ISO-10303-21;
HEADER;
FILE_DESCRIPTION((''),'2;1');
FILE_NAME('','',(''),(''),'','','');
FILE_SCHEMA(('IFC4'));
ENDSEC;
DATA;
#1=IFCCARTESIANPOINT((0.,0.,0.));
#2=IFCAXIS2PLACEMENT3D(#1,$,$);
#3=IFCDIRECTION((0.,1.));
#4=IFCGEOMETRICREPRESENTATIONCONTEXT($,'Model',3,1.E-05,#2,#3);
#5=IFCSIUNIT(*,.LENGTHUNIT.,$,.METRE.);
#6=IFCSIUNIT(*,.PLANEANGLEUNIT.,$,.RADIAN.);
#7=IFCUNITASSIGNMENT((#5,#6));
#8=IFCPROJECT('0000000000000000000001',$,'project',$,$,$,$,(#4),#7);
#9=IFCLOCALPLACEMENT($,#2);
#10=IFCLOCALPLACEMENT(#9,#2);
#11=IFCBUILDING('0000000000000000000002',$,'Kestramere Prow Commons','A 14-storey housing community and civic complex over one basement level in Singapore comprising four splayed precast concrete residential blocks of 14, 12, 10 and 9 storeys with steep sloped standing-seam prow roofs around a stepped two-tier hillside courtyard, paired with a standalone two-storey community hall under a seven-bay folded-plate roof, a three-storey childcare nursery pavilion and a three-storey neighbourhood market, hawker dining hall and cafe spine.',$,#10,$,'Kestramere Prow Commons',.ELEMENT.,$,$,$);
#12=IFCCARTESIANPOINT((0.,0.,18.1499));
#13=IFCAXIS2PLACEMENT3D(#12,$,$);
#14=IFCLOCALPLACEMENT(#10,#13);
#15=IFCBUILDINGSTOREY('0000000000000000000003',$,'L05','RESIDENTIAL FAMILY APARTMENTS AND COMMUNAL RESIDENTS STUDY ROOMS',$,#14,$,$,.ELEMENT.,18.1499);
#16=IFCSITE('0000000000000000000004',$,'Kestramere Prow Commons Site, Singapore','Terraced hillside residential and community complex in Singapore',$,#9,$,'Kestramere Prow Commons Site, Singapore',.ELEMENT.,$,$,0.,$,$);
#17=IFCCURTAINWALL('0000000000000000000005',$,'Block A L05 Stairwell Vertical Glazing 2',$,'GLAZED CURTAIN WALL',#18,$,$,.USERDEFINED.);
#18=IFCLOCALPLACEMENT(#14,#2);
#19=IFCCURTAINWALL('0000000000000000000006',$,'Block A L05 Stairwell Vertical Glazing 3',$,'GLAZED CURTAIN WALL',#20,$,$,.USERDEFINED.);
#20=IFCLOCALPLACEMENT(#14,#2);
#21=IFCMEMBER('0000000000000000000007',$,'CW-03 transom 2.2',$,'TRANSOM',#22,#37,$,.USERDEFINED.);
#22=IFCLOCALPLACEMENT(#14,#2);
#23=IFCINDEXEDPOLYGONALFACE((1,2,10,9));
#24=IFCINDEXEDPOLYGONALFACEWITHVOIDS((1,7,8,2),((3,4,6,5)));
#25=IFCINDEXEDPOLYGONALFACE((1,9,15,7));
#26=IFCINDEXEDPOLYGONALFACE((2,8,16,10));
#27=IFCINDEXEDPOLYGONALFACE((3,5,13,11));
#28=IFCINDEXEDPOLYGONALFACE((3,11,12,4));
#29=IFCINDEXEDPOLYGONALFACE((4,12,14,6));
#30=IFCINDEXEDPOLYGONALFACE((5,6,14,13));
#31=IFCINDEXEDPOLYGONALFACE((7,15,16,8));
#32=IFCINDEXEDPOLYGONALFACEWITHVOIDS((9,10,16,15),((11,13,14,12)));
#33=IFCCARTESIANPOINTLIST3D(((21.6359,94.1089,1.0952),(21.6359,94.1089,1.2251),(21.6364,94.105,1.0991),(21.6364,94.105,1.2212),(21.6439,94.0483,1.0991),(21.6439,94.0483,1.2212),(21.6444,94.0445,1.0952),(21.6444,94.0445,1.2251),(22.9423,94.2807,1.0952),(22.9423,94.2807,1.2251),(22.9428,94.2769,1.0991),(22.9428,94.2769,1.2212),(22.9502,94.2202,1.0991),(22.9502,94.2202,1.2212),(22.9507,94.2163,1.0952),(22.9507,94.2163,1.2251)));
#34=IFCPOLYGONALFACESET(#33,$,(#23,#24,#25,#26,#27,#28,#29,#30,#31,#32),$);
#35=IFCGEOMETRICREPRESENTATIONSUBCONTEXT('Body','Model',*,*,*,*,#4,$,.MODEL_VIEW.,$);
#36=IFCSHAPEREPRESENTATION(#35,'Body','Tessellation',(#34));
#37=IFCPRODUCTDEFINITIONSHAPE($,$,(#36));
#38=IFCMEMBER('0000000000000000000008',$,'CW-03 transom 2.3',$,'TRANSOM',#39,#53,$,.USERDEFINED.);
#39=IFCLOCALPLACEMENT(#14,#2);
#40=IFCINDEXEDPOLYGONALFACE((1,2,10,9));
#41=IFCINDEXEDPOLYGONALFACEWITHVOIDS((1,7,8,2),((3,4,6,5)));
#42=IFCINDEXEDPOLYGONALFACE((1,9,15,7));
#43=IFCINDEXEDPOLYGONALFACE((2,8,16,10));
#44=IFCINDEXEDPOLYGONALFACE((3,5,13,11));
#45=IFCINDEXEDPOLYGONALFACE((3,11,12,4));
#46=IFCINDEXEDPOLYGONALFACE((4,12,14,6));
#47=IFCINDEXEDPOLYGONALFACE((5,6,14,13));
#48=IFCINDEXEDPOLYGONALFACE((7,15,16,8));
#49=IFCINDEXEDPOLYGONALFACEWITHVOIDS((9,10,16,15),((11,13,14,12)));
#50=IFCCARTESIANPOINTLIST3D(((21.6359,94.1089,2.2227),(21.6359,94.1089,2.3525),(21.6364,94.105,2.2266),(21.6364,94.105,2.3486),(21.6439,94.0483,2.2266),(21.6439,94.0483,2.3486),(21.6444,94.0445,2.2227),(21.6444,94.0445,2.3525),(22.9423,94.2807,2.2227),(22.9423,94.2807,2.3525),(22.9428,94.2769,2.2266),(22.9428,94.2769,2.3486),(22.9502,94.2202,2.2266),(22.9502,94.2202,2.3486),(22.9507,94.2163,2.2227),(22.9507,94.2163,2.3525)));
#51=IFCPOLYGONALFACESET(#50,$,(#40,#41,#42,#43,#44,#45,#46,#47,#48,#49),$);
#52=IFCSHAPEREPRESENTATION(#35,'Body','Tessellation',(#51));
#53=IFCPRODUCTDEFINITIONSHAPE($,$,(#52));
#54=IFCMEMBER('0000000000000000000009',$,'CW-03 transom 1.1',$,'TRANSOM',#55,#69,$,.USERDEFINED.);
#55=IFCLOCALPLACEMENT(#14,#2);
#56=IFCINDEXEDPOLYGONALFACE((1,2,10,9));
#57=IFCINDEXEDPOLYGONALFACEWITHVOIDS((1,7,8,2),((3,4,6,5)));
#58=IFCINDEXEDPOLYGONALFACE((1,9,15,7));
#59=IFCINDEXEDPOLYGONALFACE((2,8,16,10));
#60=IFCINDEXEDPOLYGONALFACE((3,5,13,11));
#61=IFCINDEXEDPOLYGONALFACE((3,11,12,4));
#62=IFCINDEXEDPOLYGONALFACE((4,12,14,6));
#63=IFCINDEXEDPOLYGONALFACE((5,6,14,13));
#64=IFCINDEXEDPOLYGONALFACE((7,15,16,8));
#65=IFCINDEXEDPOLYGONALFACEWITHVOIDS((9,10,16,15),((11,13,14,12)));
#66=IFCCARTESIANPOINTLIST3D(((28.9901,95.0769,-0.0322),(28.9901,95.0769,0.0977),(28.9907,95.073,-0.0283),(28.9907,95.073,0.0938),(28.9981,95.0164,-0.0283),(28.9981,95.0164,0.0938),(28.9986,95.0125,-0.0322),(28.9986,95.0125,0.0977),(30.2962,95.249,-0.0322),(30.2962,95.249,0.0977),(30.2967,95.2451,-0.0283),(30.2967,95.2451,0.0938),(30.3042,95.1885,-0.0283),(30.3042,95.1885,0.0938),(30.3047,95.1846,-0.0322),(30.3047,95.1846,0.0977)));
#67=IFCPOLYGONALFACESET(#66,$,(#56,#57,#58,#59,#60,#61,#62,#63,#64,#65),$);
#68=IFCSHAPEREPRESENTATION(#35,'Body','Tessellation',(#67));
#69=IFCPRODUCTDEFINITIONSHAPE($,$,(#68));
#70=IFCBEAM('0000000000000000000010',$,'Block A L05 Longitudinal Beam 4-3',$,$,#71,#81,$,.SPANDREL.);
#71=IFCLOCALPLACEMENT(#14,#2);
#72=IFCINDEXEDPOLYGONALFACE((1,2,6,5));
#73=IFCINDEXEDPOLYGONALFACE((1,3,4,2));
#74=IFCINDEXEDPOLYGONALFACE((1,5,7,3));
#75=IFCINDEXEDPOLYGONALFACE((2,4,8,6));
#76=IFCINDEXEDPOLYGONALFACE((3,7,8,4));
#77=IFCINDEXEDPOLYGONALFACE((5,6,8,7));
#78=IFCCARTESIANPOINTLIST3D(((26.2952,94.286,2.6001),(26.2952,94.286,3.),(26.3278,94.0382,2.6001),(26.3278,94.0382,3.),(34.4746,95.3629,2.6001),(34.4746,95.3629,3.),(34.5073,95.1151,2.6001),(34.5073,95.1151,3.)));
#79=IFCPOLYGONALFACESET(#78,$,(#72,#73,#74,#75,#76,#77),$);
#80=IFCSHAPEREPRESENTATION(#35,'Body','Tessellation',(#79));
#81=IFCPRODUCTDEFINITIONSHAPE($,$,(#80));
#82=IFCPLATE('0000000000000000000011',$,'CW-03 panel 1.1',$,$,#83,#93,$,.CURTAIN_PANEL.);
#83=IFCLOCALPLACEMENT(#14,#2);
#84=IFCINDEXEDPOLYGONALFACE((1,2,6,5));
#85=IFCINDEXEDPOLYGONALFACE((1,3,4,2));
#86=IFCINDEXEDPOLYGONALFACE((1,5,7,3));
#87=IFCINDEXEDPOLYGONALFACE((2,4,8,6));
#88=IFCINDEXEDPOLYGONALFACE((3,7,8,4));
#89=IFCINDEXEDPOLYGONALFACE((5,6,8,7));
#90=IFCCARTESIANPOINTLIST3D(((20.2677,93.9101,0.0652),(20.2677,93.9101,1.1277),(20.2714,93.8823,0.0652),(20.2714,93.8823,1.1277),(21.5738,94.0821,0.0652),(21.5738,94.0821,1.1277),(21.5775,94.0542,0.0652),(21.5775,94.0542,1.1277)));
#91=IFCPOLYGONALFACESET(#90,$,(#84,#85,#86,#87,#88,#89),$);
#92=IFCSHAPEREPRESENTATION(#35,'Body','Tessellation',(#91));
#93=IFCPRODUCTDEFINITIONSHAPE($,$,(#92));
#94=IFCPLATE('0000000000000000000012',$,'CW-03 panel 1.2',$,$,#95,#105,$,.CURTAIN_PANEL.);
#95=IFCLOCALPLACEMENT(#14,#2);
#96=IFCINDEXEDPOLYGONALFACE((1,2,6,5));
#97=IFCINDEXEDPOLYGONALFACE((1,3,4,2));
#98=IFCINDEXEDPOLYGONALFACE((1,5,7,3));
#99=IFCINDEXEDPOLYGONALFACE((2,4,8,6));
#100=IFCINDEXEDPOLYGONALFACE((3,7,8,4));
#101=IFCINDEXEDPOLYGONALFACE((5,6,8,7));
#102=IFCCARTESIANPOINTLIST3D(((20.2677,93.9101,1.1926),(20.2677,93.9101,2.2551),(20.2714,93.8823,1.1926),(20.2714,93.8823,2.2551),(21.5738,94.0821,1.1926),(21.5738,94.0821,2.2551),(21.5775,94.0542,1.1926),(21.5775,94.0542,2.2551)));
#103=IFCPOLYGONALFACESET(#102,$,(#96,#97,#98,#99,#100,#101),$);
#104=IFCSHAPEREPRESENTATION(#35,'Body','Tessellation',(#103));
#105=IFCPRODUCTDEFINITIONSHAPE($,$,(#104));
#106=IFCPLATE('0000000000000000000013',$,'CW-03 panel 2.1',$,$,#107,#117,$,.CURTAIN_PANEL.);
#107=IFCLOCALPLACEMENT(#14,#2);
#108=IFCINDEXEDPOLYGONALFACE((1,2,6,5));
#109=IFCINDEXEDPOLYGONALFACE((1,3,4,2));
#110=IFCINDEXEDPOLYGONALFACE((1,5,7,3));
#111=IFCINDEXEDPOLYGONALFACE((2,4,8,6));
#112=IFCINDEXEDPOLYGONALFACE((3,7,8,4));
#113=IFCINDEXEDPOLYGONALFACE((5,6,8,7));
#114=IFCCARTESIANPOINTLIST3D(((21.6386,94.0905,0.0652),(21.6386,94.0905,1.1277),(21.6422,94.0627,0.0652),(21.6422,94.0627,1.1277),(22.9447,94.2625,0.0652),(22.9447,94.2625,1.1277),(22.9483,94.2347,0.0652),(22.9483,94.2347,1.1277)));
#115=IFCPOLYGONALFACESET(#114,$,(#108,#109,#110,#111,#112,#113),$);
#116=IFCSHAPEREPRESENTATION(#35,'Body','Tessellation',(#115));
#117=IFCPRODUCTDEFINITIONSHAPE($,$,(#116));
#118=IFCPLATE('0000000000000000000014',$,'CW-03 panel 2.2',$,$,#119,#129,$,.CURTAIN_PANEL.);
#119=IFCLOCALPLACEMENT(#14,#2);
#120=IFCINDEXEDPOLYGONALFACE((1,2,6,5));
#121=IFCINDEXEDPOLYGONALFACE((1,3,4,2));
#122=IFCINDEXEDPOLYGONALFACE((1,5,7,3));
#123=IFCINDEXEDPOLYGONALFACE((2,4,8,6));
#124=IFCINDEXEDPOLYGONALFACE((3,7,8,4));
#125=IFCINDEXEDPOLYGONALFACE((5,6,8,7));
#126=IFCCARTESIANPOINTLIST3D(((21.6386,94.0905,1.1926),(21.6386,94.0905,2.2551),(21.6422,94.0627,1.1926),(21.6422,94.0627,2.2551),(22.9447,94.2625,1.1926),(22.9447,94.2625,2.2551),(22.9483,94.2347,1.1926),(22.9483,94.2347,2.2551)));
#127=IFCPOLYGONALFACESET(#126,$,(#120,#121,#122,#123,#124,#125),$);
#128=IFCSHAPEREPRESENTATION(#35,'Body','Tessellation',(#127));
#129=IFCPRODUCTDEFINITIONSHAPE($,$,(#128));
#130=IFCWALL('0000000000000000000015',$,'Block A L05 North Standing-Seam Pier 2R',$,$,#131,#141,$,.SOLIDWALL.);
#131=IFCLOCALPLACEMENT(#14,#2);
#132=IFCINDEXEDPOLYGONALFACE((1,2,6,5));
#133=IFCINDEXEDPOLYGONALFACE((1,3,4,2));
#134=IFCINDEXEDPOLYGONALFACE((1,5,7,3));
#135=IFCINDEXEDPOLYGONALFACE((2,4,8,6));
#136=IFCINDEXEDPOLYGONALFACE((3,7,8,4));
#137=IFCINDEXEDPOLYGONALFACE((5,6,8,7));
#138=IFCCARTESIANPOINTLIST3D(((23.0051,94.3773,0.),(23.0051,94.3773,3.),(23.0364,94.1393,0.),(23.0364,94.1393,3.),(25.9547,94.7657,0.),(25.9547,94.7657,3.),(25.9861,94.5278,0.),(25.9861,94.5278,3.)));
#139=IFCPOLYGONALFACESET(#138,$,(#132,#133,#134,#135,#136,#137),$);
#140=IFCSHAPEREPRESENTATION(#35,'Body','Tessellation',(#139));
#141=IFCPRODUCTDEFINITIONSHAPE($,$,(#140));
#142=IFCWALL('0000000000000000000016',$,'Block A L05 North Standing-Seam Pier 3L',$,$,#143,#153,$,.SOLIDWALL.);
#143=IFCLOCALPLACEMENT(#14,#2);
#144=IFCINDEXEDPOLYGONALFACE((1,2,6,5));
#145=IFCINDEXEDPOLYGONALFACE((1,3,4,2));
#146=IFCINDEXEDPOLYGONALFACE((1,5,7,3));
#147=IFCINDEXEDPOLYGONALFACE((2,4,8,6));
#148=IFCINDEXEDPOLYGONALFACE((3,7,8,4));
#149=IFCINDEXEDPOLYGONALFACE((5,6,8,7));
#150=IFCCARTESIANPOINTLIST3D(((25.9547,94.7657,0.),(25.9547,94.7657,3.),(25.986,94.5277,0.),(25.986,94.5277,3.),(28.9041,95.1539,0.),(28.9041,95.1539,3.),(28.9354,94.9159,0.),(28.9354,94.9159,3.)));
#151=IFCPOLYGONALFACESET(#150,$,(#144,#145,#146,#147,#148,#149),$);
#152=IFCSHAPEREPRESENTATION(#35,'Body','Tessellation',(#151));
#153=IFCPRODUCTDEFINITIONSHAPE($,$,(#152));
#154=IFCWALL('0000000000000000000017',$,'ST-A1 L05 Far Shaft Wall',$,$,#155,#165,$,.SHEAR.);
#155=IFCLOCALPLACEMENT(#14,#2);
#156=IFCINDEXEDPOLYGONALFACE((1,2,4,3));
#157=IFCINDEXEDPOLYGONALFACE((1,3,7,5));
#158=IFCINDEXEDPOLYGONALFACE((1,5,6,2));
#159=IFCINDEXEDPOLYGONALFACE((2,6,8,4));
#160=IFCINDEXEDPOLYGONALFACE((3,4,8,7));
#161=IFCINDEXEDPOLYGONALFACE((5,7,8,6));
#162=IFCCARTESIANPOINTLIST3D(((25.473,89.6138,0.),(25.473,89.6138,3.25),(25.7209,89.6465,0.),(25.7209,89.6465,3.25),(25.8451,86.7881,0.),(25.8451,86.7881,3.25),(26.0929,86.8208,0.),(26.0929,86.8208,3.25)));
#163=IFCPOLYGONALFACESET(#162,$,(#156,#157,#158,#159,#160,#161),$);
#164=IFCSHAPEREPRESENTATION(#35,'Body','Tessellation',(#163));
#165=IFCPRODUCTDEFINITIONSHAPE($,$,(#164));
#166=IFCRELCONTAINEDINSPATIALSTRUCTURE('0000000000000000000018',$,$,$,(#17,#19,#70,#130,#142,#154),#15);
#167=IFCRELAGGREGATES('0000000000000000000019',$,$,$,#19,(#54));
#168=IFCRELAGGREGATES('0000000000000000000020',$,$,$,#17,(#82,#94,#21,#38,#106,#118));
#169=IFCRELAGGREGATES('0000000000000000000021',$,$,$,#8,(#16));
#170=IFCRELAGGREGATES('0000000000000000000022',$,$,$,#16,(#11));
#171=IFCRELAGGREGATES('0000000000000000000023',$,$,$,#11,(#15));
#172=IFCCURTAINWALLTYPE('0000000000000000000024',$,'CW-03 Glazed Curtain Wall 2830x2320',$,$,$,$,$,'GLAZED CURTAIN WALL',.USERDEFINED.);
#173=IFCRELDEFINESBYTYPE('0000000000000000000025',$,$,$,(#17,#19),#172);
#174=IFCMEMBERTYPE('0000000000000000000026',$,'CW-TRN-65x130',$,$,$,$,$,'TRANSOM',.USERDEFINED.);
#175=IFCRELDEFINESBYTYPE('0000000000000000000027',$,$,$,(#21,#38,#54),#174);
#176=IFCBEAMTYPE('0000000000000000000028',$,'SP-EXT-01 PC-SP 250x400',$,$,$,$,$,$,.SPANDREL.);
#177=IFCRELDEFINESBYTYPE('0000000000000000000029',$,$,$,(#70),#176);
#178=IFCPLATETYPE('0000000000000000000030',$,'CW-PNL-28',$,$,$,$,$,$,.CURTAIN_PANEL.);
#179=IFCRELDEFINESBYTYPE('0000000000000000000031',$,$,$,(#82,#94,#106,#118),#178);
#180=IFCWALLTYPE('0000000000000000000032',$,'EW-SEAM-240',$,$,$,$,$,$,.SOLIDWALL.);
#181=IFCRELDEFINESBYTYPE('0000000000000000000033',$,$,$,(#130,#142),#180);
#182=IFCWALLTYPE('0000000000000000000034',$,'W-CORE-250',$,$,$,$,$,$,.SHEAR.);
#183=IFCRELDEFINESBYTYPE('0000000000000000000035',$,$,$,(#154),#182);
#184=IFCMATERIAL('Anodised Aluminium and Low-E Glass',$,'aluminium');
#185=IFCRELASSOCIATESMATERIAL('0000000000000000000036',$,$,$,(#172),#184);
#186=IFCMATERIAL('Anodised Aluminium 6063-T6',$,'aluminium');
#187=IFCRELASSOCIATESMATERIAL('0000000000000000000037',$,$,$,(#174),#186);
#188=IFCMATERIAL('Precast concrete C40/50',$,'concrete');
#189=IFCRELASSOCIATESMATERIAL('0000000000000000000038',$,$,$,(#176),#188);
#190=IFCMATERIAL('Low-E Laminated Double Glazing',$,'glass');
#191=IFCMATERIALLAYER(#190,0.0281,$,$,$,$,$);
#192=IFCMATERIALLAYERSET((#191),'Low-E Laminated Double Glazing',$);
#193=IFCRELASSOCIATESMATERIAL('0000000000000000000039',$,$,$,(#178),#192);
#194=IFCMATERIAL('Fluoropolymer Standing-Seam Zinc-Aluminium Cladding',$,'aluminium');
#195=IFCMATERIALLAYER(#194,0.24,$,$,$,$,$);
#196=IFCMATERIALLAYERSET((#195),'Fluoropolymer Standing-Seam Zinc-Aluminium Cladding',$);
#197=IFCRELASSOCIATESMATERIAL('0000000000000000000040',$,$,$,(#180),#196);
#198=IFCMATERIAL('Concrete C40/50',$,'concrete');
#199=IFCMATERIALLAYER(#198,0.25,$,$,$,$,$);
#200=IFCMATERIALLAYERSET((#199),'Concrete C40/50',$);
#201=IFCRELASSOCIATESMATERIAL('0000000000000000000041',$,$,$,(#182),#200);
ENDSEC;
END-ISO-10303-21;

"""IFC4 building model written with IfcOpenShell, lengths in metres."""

from ifc_helpers import new_model, si_unit, direction, frame, frame_2d, origin, origin_2d, place, context, subcontext, project, spatial, rectangle, hollow_rectangle, extrude, material, layer, layer_set, material_profile, profile_set, type_object, element, aggregate, save


model = new_model("IFC4")

# Units and contexts
model_context = context("Model", 3, precision=1e-05, world=origin(), true_north=direction((0.0, 1.0)))
body_context = subcontext(model_context, "Body", "Model", "MODEL_VIEW")
ifc_project = project(units=[si_unit("LENGTHUNIT", "METRE"), si_unit("PLANEANGLEUNIT", "RADIAN")], contexts=[model_context])

# Site, building, storey
site_placement = place(None, origin())
site = spatial("IfcSite", under=ifc_project, at=site_placement, Name="Kestramere Prow Commons Site, Singapore", Description="Terraced hillside residential and community complex in Singapore", LongName="Kestramere Prow Commons Site, Singapore", CompositionType="ELEMENT", RefElevation=0.0)
building_placement = place(site_placement, origin())
building = spatial("IfcBuilding", under=site, at=building_placement, Name="Kestramere Prow Commons", Description="A 14-storey housing community and civic complex over one basement level in Singapore comprising four splayed precast concrete residential blocks of 14, 12, 10 and 9 storeys with steep sloped standing-seam prow roofs around a stepped two-tier hillside courtyard, paired with a standalone two-storey community hall under a seven-bay folded-plate roof, a three-storey childcare nursery pavilion and a three-storey neighbourhood market, hawker dining hall and cafe spine.", LongName="Kestramere Prow Commons", CompositionType="ELEMENT")
storey_placement = place(building_placement, frame((0.0, 0.0, 18.1499)))
storey = spatial("IfcBuildingStorey", under=building, at=storey_placement, Name="L05", Description="RESIDENTIAL FAMILY APARTMENTS AND COMMUNAL RESIDENTS STUDY ROOMS", CompositionType="ELEMENT", Elevation=18.1499)

# Shared definitions
ifc_material_1 = material(Name="Precast concrete C40/50", Category="concrete")

# Shared definitions
ifc_material_2 = material(Name="Concrete C40/50", Category="concrete")

# Curtain wall
ifc_material_3 = material(Name="Anodised Aluminium and Low-E Glass", Category="aluminium")
curtain_wall_type = type_object("IfcCurtainWallType", Name="CW-03 Glazed Curtain Wall 2830x2320", ElementType="GLAZED CURTAIN WALL", PredefinedType="USERDEFINED", material=ifc_material_3)
curtain_wall_1_placement = place(storey_placement, origin())
curtain_wall_1 = element("IfcCurtainWall", 1, at=curtain_wall_1_placement, inside=storey, type_object=curtain_wall_type, Name="Block A L05 Stairwell Vertical Glazing 2", ObjectType="GLAZED CURTAIN WALL", PredefinedType="USERDEFINED")
ifc_material_4 = material(Name="Anodised Aluminium 6063-T6", Category="aluminium")

# Curtain wall
curtain_wall_2_placement = place(storey_placement, origin())
curtain_wall_2 = element("IfcCurtainWall", 2, at=curtain_wall_2_placement, inside=storey, type_object=curtain_wall_type, Name="Block A L05 Stairwell Vertical Glazing 3", ObjectType="GLAZED CURTAIN WALL", PredefinedType="USERDEFINED")

# Members
ifc_material_profile_1 = material_profile(ifc_material_4, hollow_rectangle(XDim=0.0649, YDim=0.1299, WallThickness=0.0039, at=origin_2d()), Name="ALU-TRN 65x130")
ifc_profile_set_1 = profile_set([ifc_material_profile_1], Name="Anodised Aluminium 6063-T6")
member_type_1 = type_object("IfcMemberType", Name="CW-TRN-65x130", ElementType="TRANSOM", PredefinedType="USERDEFINED", material=ifc_profile_set_1)
member_1_placement = place(storey_placement, frame((21.6401, 94.0767, 1.1602), z_axis=(0.991456, 0.13044, 0.0), x_axis=(-0.13044, 0.991456, 0.0)))
member_1 = element("IfcMember", 3, at=member_1_placement, type_object=member_type_1, Name="CW-03 transom 2.2", ObjectType="TRANSOM", PredefinedType="USERDEFINED", context=body_context, shape_type="SweptSolid", body=[
    extrude(hollow_rectangle(XDim=0.0649, YDim=0.1299, WallThickness=0.0039, at=origin_2d()), origin(), (0.0, 0.0, 1.0), 1.3176),
])
member_2_placement = place(storey_placement, frame((21.6401, 94.0767, 2.2876), z_axis=(0.991456, 0.13044, 0.0), x_axis=(-0.13044, 0.991456, 0.0)))
member_2 = element("IfcMember", 4, at=member_2_placement, type_object=member_type_1, Name="CW-03 transom 2.3", ObjectType="TRANSOM", PredefinedType="USERDEFINED", context=body_context, shape_type="SweptSolid", body=[
    extrude(hollow_rectangle(XDim=0.0649, YDim=0.1299, WallThickness=0.0039, at=origin_2d()), origin(), (0.0, 0.0, 1.0), 1.3176),
])
member_3_placement = place(storey_placement, frame((28.9944, 95.0447, 0.0327), z_axis=(0.991429, 0.130646, 0.0), x_axis=(-0.130646, 0.991429, 0.0)))
member_3 = element("IfcMember", 5, at=member_3_placement, type_object=member_type_1, Name="CW-03 transom 1.1", ObjectType="TRANSOM", PredefinedType="USERDEFINED", context=body_context, shape_type="SweptSolid", body=[
    extrude(hollow_rectangle(XDim=0.0649, YDim=0.1299, WallThickness=0.0039, at=origin_2d()), origin(), (0.0, 0.0, 1.0), 1.3174),
])
aggregate(curtain_wall_2, [member_3])

# Beam
ifc_material_profile_2 = material_profile(ifc_material_1, rectangle(XDim=0.25, YDim=0.3999, at=origin_2d()), Name="PC-SP 250x400")
ifc_profile_set_2 = profile_set([ifc_material_profile_2], Name="Precast concrete C40/50")
beam_type_1 = type_object("IfcBeamType", Name="SP-EXT-01 PC-SP 250x400", PredefinedType="SPANDREL", material=ifc_profile_set_2)
beam_1_placement = place(storey_placement, frame((26.3115, 94.1621, 2.8), z_axis=(0.991444, 0.130533, 0.0), x_axis=(-0.130533, 0.991444, 0.0)))
element("IfcBeam", 6, at=beam_1_placement, inside=storey, type_object=beam_type_1, Name="Block A L05 Longitudinal Beam 4-3", PredefinedType="SPANDREL", context=body_context, shape_type="SweptSolid", body=[
    extrude(rectangle(XDim=0.25, YDim=0.3999, at=origin_2d()), origin(), (0.0, 0.0, 1.0), 8.25),
])

# Plates
ifc_material_5 = material(Name="Low-E Laminated Double Glazing", Category="glass")
ifc_layer_1 = layer(ifc_material_5, 0.0281)
ifc_layer_set_1 = layer_set([ifc_layer_1], Name="Low-E Laminated Double Glazing")
plate_type = type_object("IfcPlateType", Name="CW-PNL-28", PredefinedType="CURTAIN_PANEL", material=ifc_layer_set_1)
plate_1_placement = place(storey_placement, frame((20.9226, 93.9822, 0.0652), z_axis=(0.0, 0.0, 1.0), x_axis=(0.991445, 0.130526, 0.0)))
plate_1 = element("IfcPlate", 7, at=plate_1_placement, type_object=plate_type, Name="CW-03 panel 1.1", PredefinedType="CURTAIN_PANEL", context=body_context, shape_type="SweptSolid", body=[
    extrude(rectangle(XDim=1.3174, YDim=0.0281, at=origin_2d()), origin(), (0.0, 0.0, 1.0), 1.0625),
])
plate_2_placement = place(storey_placement, frame((20.9226, 93.9822, 1.1926), z_axis=(0.0, 0.0, 1.0), x_axis=(0.991445, 0.130526, 0.0)))
plate_2 = element("IfcPlate", 8, at=plate_2_placement, type_object=plate_type, Name="CW-03 panel 1.2", PredefinedType="CURTAIN_PANEL", context=body_context, shape_type="SweptSolid", body=[
    extrude(rectangle(XDim=1.3174, YDim=0.0281, at=origin_2d()), origin(), (0.0, 0.0, 1.0), 1.0625),
])
plate_3_placement = place(storey_placement, frame((22.2935, 94.1626, 0.0652), z_axis=(0.0, 0.0, 1.0), x_axis=(0.991445, 0.130526, 0.0)))
plate_3 = element("IfcPlate", 9, at=plate_3_placement, type_object=plate_type, Name="CW-03 panel 2.1", PredefinedType="CURTAIN_PANEL", context=body_context, shape_type="SweptSolid", body=[
    extrude(rectangle(XDim=1.3174, YDim=0.0281, at=origin_2d()), origin(), (0.0, 0.0, 1.0), 1.0625),
])
plate_4_placement = place(storey_placement, frame((22.2935, 94.1626, 1.1926), z_axis=(0.0, 0.0, 1.0), x_axis=(0.991445, 0.130526, 0.0)))
plate_4 = element("IfcPlate", 10, at=plate_4_placement, type_object=plate_type, Name="CW-03 panel 2.2", PredefinedType="CURTAIN_PANEL", context=body_context, shape_type="SweptSolid", body=[
    extrude(rectangle(XDim=1.3174, YDim=0.0281, at=origin_2d()), origin(), (0.0, 0.0, 1.0), 1.0625),
])
aggregate(curtain_wall_1, [plate_1, plate_2, member_1, member_2, plate_3, plate_4])

# Walls
ifc_material_6 = material(Name="Fluoropolymer Standing-Seam Zinc-Aluminium Cladding", Category="aluminium")
ifc_layer_2 = layer(ifc_material_6, 0.24)
ifc_layer_set_2 = layer_set([ifc_layer_2], Name="Fluoropolymer Standing-Seam Zinc-Aluminium Cladding")
wall_type_1 = type_object("IfcWallType", Name="EW-SEAM-240", PredefinedType="SOLIDWALL", material=ifc_layer_set_2)
wall_1_placement = place(storey_placement, frame((23.0208, 94.2583, 0.0), z_axis=(0.0, 0.0, 1.0), x_axis=(0.991441, 0.130556, 0.0)))
element("IfcWall", 11, at=wall_1_placement, inside=storey, type_object=wall_type_1, Name="Block A L05 North Standing-Seam Pier 2R", PredefinedType="SOLIDWALL", context=body_context, shape_type="SweptSolid", body=[
    extrude(rectangle(XDim=2.9751, YDim=0.24, at=frame_2d((1.4875, 0.0))), origin(), (0.0, 0.0, 1.0), 3.0),
])
wall_2_placement = place(storey_placement, frame((25.9705, 94.6467, 0.0), z_axis=(0.0, 0.0, 1.0), x_axis=(0.99145, 0.130486, 0.0)))
element("IfcWall", 12, at=wall_2_placement, inside=storey, type_object=wall_type_1, Name="Block A L05 North Standing-Seam Pier 3L", PredefinedType="SOLIDWALL", context=body_context, shape_type="SweptSolid", body=[
    extrude(rectangle(XDim=2.9749, YDim=0.24, at=frame_2d((1.4873, 0.0))), origin(), (0.0, 0.0, 1.0), 3.0),
])
ifc_layer_3 = layer(ifc_material_2, 0.25)
ifc_layer_set_3 = layer_set([ifc_layer_3], Name="Concrete C40/50")
wall_type_2 = type_object("IfcWallType", Name="W-CORE-250", PredefinedType="SHEAR", material=ifc_layer_set_3)
wall_3_placement = place(storey_placement, frame((25.969, 86.8044, 0.0), z_axis=(0.0, 0.0, 1.0), x_axis=(-0.130548, 0.991442, 0.0)))
element("IfcWall", 13, at=wall_3_placement, inside=storey, type_object=wall_type_2, Name="ST-A1 L05 Far Shaft Wall", PredefinedType="SHEAR", context=body_context, shape_type="SweptSolid", body=[
    extrude(rectangle(XDim=2.8501, YDim=0.25, at=frame_2d((1.425, 0.0))), origin(), (0.0, 0.0, 1.0), 3.25),
])

save(model, "model.ifc")
